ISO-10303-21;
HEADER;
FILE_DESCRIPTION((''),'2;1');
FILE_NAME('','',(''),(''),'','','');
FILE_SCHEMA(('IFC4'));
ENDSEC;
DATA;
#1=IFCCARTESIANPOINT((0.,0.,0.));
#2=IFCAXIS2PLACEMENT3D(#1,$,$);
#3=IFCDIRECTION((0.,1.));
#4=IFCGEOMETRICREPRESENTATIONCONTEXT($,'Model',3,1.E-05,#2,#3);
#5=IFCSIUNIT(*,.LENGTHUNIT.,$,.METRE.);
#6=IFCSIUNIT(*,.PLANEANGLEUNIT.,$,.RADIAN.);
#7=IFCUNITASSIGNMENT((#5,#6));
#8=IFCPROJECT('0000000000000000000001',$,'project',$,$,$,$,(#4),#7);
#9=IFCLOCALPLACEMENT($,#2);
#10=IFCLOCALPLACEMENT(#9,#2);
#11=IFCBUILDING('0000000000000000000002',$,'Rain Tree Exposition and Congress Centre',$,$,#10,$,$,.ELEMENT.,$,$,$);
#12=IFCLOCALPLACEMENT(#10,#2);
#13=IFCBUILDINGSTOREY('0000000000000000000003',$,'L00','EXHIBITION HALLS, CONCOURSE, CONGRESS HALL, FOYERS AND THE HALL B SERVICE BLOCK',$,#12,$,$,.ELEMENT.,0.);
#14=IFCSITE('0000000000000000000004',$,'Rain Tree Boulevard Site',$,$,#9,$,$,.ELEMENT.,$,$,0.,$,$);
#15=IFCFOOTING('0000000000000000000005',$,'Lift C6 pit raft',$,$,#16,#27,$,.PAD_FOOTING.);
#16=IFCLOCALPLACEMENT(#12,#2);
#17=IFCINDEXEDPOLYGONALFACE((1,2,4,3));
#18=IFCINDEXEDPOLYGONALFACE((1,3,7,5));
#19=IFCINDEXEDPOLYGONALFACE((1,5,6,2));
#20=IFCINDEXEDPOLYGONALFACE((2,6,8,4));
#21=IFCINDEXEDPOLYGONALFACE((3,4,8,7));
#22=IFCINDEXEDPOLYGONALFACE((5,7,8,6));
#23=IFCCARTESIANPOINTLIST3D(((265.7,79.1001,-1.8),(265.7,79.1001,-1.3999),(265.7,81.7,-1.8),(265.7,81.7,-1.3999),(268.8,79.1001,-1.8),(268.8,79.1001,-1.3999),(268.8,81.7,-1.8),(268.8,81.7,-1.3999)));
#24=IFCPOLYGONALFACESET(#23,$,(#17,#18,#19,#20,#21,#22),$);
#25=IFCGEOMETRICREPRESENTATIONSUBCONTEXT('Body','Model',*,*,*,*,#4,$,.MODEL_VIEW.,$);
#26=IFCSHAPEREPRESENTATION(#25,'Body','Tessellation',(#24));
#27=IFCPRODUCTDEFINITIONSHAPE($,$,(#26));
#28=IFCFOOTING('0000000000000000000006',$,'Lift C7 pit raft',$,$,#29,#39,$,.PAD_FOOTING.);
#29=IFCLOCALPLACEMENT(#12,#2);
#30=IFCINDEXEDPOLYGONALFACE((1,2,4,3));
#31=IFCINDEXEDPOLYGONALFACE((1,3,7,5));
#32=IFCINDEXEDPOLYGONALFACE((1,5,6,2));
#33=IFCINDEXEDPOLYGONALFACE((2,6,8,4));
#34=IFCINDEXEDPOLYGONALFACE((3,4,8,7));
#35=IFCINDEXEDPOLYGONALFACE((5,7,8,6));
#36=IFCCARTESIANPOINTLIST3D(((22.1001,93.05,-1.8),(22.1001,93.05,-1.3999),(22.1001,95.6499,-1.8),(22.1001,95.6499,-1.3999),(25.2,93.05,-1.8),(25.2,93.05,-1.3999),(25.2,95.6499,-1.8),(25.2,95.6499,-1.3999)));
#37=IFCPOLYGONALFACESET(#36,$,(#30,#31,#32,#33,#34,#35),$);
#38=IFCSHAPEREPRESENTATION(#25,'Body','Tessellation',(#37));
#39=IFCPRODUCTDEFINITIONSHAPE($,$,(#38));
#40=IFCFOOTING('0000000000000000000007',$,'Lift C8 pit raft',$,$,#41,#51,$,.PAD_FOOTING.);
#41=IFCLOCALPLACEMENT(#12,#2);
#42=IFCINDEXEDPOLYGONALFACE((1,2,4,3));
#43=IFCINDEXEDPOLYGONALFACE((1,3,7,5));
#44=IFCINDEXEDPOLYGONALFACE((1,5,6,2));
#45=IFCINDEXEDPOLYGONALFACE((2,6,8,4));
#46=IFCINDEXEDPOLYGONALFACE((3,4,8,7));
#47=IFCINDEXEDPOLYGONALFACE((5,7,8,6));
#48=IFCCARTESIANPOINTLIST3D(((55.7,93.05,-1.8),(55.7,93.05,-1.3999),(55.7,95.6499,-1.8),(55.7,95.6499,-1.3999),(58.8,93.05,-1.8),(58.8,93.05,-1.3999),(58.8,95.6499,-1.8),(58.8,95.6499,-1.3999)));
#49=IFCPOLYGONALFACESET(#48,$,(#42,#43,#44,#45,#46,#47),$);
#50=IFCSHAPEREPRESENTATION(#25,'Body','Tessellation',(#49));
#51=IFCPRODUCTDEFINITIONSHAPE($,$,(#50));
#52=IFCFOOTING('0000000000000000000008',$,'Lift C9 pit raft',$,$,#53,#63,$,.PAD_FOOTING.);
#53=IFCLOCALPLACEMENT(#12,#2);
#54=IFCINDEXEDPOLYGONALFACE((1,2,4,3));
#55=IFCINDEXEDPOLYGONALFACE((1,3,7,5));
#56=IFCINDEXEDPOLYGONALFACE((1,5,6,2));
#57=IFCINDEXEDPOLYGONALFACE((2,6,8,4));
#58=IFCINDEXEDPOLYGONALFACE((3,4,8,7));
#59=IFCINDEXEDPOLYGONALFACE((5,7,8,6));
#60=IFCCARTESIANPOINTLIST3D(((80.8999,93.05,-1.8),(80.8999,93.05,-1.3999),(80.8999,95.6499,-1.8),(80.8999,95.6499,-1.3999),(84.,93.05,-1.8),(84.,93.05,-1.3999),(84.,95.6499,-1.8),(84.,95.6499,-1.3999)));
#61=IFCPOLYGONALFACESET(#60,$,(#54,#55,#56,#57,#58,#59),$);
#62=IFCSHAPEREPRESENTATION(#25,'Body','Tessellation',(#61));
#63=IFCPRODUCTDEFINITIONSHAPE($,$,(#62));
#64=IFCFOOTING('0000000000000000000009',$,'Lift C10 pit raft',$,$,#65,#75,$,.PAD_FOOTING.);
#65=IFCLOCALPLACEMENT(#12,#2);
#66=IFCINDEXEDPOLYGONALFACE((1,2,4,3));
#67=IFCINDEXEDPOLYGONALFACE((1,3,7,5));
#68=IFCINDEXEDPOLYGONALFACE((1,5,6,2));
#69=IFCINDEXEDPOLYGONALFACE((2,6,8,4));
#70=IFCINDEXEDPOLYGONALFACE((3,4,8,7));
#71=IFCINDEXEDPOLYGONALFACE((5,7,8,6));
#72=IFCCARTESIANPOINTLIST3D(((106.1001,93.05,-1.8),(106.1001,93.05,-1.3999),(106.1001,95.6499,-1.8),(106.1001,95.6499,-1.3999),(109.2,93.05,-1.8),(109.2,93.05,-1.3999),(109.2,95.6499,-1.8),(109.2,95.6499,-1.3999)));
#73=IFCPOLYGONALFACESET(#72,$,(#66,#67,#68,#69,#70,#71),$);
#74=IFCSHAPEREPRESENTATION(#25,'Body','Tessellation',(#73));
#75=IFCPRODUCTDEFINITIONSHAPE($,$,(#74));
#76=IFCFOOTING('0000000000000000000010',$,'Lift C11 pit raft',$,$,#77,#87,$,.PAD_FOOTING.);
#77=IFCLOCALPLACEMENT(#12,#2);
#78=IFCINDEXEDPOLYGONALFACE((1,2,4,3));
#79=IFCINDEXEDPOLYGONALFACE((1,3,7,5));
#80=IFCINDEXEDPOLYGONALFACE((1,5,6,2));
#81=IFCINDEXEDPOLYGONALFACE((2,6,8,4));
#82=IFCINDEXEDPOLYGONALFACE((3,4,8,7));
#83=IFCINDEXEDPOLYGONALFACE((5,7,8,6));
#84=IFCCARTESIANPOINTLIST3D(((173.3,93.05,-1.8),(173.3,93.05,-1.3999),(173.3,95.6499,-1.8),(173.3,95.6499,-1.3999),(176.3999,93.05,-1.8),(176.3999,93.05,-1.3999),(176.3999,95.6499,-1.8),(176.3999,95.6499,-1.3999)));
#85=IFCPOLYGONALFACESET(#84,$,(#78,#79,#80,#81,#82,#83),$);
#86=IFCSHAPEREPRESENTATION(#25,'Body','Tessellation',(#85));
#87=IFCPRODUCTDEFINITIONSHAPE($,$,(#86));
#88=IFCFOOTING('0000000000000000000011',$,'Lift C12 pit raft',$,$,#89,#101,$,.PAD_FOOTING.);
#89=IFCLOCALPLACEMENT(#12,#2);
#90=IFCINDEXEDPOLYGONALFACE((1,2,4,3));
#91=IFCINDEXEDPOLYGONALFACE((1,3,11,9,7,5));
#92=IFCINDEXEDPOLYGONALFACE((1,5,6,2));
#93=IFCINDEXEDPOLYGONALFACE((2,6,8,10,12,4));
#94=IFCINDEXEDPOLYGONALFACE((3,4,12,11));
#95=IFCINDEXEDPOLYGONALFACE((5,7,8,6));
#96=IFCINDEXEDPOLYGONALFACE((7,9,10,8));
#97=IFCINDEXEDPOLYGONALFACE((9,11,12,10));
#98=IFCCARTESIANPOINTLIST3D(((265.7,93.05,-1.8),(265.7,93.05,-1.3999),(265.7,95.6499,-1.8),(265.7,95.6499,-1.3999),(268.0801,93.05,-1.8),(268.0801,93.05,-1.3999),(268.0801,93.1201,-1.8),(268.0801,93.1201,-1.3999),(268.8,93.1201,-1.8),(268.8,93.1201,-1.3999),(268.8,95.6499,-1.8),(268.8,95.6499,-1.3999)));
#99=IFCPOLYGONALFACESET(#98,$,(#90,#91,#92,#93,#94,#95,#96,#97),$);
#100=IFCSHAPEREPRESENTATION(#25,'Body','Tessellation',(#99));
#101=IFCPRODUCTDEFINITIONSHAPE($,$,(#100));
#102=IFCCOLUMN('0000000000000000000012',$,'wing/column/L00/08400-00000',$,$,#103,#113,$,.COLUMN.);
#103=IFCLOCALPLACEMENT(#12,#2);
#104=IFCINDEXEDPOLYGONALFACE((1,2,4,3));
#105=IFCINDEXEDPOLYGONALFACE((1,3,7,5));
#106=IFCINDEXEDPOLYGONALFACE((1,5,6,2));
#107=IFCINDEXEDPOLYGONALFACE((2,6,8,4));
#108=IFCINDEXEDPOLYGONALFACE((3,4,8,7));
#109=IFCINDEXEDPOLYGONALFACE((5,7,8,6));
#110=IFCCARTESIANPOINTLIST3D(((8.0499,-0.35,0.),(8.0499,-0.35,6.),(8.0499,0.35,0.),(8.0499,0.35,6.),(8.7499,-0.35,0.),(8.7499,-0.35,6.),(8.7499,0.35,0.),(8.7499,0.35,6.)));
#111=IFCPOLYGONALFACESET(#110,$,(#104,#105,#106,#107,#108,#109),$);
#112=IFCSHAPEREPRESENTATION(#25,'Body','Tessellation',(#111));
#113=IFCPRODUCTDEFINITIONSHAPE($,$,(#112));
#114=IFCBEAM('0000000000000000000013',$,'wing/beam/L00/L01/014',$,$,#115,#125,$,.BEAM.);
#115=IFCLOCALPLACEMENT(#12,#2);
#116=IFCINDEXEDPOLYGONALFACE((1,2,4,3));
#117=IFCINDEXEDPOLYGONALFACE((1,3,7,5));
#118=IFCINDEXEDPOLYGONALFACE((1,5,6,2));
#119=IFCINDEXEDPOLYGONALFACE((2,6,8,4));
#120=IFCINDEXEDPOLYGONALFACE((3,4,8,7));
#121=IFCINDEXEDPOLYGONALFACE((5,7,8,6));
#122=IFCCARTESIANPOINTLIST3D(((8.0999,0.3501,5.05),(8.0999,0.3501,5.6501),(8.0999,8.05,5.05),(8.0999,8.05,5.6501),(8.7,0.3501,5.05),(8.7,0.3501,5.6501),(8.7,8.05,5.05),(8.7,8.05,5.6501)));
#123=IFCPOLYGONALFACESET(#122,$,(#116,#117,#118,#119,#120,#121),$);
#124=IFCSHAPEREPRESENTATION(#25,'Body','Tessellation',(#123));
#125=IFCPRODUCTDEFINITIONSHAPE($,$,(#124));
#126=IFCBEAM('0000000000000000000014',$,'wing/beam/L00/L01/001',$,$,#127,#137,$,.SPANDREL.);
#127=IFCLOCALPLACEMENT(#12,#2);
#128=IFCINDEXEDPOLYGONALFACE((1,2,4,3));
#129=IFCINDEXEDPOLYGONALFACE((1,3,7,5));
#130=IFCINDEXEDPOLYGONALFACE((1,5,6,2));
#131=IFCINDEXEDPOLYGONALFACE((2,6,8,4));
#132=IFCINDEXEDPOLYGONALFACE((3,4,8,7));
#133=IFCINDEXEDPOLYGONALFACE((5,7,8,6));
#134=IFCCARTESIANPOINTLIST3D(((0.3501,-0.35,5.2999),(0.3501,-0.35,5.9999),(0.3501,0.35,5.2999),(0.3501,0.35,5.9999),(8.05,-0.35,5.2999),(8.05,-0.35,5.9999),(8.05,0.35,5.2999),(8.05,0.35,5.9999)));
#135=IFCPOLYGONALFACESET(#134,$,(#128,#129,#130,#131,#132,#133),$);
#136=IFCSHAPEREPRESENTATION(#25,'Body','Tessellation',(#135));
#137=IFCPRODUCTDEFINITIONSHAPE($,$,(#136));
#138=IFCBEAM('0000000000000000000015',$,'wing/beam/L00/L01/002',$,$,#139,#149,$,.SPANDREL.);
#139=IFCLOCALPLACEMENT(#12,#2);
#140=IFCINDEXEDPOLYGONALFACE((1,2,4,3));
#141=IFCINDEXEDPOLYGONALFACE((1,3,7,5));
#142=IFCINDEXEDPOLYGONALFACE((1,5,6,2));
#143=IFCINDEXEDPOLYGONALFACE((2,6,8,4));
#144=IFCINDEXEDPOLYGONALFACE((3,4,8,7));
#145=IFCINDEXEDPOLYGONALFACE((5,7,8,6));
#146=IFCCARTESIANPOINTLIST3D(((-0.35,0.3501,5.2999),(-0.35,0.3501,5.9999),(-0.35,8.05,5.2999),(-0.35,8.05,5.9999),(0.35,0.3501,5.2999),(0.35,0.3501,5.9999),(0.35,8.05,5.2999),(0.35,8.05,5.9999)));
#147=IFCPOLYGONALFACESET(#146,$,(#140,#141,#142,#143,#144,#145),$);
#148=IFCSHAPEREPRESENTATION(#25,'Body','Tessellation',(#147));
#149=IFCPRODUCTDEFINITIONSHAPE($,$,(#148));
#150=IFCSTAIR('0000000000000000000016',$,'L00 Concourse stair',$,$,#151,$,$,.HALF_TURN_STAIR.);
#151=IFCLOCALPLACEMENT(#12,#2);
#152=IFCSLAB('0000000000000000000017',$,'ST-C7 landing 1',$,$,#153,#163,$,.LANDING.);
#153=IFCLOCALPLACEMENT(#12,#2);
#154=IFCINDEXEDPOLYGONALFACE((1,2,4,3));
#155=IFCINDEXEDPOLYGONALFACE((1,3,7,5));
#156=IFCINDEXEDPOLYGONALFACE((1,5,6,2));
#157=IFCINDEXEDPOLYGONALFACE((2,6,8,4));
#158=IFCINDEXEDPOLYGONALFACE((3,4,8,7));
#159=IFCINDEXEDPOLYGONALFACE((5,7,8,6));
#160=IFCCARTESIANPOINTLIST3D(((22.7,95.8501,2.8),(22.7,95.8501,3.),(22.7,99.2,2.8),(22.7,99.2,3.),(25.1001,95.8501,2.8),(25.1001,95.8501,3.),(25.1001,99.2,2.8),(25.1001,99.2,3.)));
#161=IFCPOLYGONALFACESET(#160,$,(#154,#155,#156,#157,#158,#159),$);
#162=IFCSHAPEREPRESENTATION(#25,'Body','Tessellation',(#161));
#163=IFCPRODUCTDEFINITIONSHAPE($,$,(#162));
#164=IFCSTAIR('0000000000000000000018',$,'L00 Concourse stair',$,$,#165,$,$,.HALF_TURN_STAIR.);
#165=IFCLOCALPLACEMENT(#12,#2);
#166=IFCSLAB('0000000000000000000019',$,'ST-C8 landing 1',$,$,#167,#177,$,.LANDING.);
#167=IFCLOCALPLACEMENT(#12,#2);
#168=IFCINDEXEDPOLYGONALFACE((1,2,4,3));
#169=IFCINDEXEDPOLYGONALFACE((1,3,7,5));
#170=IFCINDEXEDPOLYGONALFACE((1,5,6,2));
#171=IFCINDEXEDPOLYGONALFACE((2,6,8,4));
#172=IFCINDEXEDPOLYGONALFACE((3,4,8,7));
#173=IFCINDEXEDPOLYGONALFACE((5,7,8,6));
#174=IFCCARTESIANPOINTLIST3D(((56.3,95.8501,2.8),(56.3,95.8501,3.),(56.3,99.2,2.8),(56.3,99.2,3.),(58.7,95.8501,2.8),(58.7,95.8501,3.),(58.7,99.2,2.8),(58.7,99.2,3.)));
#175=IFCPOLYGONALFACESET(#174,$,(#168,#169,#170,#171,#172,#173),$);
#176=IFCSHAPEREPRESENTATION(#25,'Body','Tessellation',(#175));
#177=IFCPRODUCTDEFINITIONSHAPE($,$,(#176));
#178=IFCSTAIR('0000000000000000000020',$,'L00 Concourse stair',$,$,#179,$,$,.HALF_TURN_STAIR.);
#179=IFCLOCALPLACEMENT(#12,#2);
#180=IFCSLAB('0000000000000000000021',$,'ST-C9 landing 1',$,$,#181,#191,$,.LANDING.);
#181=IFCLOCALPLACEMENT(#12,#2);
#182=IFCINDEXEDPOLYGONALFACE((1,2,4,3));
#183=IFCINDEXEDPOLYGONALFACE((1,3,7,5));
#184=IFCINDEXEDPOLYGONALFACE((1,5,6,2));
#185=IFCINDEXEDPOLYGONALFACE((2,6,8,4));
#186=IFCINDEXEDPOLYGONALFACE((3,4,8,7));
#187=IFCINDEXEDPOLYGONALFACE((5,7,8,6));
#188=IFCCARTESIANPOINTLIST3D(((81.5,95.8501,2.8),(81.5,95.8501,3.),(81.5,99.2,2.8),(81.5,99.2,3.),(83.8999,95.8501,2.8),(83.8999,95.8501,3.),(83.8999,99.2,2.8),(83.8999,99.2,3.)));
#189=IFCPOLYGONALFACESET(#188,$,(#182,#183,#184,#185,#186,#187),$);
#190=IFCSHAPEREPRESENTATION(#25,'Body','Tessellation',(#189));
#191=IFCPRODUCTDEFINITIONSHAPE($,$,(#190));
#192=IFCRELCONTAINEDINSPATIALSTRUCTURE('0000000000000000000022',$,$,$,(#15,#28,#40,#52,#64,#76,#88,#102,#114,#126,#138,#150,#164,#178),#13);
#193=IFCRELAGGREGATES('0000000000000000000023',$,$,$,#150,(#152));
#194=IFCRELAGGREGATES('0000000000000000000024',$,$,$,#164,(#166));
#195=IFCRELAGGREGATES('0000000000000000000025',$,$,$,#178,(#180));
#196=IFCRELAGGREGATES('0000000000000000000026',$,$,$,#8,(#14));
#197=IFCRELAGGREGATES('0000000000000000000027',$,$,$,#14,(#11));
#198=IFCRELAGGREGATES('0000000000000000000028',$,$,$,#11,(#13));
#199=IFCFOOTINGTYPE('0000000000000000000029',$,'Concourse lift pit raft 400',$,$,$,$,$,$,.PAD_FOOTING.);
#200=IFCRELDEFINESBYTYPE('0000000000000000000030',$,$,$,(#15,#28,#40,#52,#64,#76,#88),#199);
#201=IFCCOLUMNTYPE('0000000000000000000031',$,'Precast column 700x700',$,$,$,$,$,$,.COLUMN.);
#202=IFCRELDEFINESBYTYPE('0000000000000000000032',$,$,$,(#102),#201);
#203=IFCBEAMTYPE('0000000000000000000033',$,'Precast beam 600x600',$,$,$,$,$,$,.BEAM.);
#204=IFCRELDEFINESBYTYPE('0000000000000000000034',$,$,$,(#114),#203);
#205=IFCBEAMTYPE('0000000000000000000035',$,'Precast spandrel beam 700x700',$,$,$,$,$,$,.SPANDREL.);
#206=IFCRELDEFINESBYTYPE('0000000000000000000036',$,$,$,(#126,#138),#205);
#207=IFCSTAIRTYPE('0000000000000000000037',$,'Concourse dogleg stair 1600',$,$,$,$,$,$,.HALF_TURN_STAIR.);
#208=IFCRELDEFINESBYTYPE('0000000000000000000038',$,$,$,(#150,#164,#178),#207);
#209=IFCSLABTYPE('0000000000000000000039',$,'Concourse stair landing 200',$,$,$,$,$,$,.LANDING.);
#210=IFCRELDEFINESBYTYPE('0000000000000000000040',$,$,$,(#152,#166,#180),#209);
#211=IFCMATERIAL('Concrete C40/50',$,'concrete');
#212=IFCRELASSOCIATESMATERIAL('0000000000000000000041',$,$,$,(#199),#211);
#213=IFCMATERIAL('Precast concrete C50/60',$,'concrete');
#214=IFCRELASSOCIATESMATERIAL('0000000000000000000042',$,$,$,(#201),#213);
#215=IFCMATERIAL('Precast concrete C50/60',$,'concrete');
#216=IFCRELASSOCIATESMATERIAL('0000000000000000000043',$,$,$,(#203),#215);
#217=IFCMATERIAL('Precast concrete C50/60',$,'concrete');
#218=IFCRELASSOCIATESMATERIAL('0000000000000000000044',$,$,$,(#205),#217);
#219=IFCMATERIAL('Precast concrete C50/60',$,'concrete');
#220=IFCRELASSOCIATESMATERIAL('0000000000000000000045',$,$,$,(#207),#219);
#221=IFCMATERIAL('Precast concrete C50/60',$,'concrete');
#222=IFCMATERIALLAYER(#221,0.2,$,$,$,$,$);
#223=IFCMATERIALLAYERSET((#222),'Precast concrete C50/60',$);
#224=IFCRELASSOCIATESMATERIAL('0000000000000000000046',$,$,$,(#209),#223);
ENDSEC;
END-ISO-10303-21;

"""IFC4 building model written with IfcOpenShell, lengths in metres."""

from ifc_helpers import new_model, si_unit, direction, frame, origin, origin_2d, place, context, subcontext, project, spatial, polyline, rectangle, outline, extrude, material, layer, layer_set, material_profile, profile_set, type_object, element, aggregate, save


model = new_model("IFC4")

# Units and contexts
model_context = context("Model", 3, precision=1e-05, world=origin(), true_north=direction((0.0, 1.0)))
body_context = subcontext(model_context, "Body", "Model", "MODEL_VIEW")
ifc_project = project(units=[si_unit("LENGTHUNIT", "METRE"), si_unit("PLANEANGLEUNIT", "RADIAN")], contexts=[model_context])

# Site, building, storey
site_placement = place(None, origin())
site = spatial("IfcSite", under=ifc_project, at=site_placement, Name="Rain Tree Boulevard Site", CompositionType="ELEMENT", RefElevation=0.0)
building_placement = place(site_placement, origin())
building = spatial("IfcBuilding", under=site, at=building_placement, Name="Rain Tree Exposition and Congress Centre", CompositionType="ELEMENT")
storey_placement = place(building_placement, origin())
storey = spatial("IfcBuildingStorey", under=building, at=storey_placement, Name="L00", Description="EXHIBITION HALLS, CONCOURSE, CONGRESS HALL, FOYERS AND THE HALL B SERVICE BLOCK", CompositionType="ELEMENT", Elevation=0.0)

# Footings
ifc_material_1 = material(Name="Concrete C40/50", Category="concrete")
footing_type = type_object("IfcFootingType", Name="Concourse lift pit raft 400", PredefinedType="PAD_FOOTING", material=ifc_material_1)
footing_1_placement = place(storey_placement, frame((0.0, 0.0, -1.8)))
element("IfcFooting", 1, at=footing_1_placement, inside=storey, type_object=footing_type, Name="Lift C6 pit raft", PredefinedType="PAD_FOOTING", context=body_context, shape_type="SweptSolid", body=[
    extrude(outline(polyline([(265.7, 79.1001), (268.8, 79.1001), (268.8, 81.7), (265.7, 81.7), (265.7, 79.1001)])), origin(), (0.0, 0.0, 1.0), 0.4001),
])
footing_2_placement = place(storey_placement, frame((0.0, 0.0, -1.8)))
element("IfcFooting", 2, at=footing_2_placement, inside=storey, type_object=footing_type, Name="Lift C7 pit raft", PredefinedType="PAD_FOOTING", context=body_context, shape_type="SweptSolid", body=[
    extrude(outline(polyline([(22.1001, 93.05), (25.2, 93.05), (25.2, 95.6499), (22.1001, 95.6499), (22.1001, 93.05)])), origin(), (0.0, 0.0, 1.0), 0.4001),
])
footing_3_placement = place(storey_placement, frame((0.0, 0.0, -1.8)))
element("IfcFooting", 3, at=footing_3_placement, inside=storey, type_object=footing_type, Name="Lift C8 pit raft", PredefinedType="PAD_FOOTING", context=body_context, shape_type="SweptSolid", body=[
    extrude(outline(polyline([(55.7, 93.05), (58.8, 93.05), (58.8, 95.6499), (55.7, 95.6499), (55.7, 93.05)])), origin(), (0.0, 0.0, 1.0), 0.4001),
])
footing_4_placement = place(storey_placement, frame((0.0, 0.0, -1.8)))
element("IfcFooting", 4, at=footing_4_placement, inside=storey, type_object=footing_type, Name="Lift C9 pit raft", PredefinedType="PAD_FOOTING", context=body_context, shape_type="SweptSolid", body=[
    extrude(outline(polyline([(80.8999, 93.05), (84.0, 93.05), (84.0, 95.6499), (80.8999, 95.6499), (80.8999, 93.05)])), origin(), (0.0, 0.0, 1.0), 0.4001),
])
footing_5_placement = place(storey_placement, frame((0.0, 0.0, -1.8)))
element("IfcFooting", 5, at=footing_5_placement, inside=storey, type_object=footing_type, Name="Lift C10 pit raft", PredefinedType="PAD_FOOTING", context=body_context, shape_type="SweptSolid", body=[
    extrude(outline(polyline([(106.1001, 93.05), (109.2, 93.05), (109.2, 95.6499), (106.1001, 95.6499), (106.1001, 93.05)])), origin(), (0.0, 0.0, 1.0), 0.4001),
])
footing_6_placement = place(storey_placement, frame((0.0, 0.0, -1.8)))
element("IfcFooting", 6, at=footing_6_placement, inside=storey, type_object=footing_type, Name="Lift C11 pit raft", PredefinedType="PAD_FOOTING", context=body_context, shape_type="SweptSolid", body=[
    extrude(outline(polyline([(173.3, 93.05), (176.3999, 93.05), (176.3999, 95.6499), (173.3, 95.6499), (173.3, 93.05)])), origin(), (0.0, 0.0, 1.0), 0.4001),
])
footing_7_placement = place(storey_placement, frame((0.0, 0.0, -1.8)))
element("IfcFooting", 7, at=footing_7_placement, inside=storey, type_object=footing_type, Name="Lift C12 pit raft", PredefinedType="PAD_FOOTING", context=body_context, shape_type="SweptSolid", body=[
    extrude(outline(polyline([(265.7, 93.05), (265.7, 95.6499), (268.8, 95.6499), (268.8, 93.1201), (268.0801, 93.1201), (268.0801, 93.05), (265.7, 93.05)])), origin(), (0.0, 0.0, 1.0), 0.4001),
])

# Column
ifc_material_2 = material(Name="Precast concrete C50/60", Category="concrete")
ifc_material_profile_1 = material_profile(ifc_material_2, rectangle(XDim=0.7, YDim=0.7, at=origin_2d()), Name="RC 700x700")
ifc_profile_set_1 = profile_set([ifc_material_profile_1], Name="Precast concrete C50/60")
column_type = type_object("IfcColumnType", Name="Precast column 700x700", PredefinedType="COLUMN", material=ifc_profile_set_1)
column_placement = place(storey_placement, frame((8.3999, 0.0, 0.0), z_axis=(0.0, 0.0, 1.0), x_axis=(1.0, 0.0, 0.0)))
element("IfcColumn", 8, at=column_placement, inside=storey, type_object=column_type, Name="wing/column/L00/08400-00000", PredefinedType="COLUMN", context=body_context, shape_type="SweptSolid", body=[
    extrude(rectangle(XDim=0.7, YDim=0.7, at=origin_2d()), origin(), (0.0, 0.0, 1.0), 6.0),
])

# Beams
ifc_material_3 = material(Name="Precast concrete C50/60", Category="concrete")
ifc_material_profile_2 = material_profile(ifc_material_3, rectangle(XDim=0.6001, YDim=0.6001, at=origin_2d()), Name="RC 600x600")
ifc_profile_set_2 = profile_set([ifc_material_profile_2], Name="Precast concrete C50/60")
beam_type_1 = type_object("IfcBeamType", Name="Precast beam 600x600", PredefinedType="BEAM", material=ifc_profile_set_2)
beam_placement = place(storey_placement, frame((8.3999, 0.3501, 5.3501), z_axis=(0.0, 1.0, 0.0), x_axis=(-1.0, 0.0, 0.0)))
element("IfcBeam", 9, at=beam_placement, inside=storey, type_object=beam_type_1, Name="wing/beam/L00/L01/014", PredefinedType="BEAM", context=body_context, shape_type="SweptSolid", body=[
    extrude(rectangle(XDim=0.6001, YDim=0.6001, at=origin_2d()), origin(), (0.0, 0.0, 1.0), 7.7),
])
ifc_material_4 = material(Name="Precast concrete C50/60", Category="concrete")
ifc_material_profile_3 = material_profile(ifc_material_4, rectangle(XDim=0.7, YDim=0.7, at=origin_2d()), Name="RC 700x700")
ifc_profile_set_3 = profile_set([ifc_material_profile_3], Name="Precast concrete C50/60")
beam_type_2 = type_object("IfcBeamType", Name="Precast spandrel beam 700x700", PredefinedType="SPANDREL", material=ifc_profile_set_3)
for number, where, z_axis, x_axis, name in (
    (10, (0.3501, 0.0, 5.6499), (1.0, 0.0, 0.0), (0.0, 1.0, 0.0), "wing/beam/L00/L01/001"),
    (11, (0.0, 0.3501, 5.6499), (0.0, 1.0, 0.0), (-1.0, 0.0, 0.0), "wing/beam/L00/L01/002"),
):
    element("IfcBeam", number, at=place(storey_placement, frame(where, z_axis=z_axis, x_axis=x_axis)), inside=storey, type_object=beam_type_2, Name=name, PredefinedType="SPANDREL", context=body_context, shape_type="SweptSolid", body=[
        extrude(rectangle(XDim=0.7, YDim=0.7, at=origin_2d()), origin(), (0.0, 0.0, 1.0), 7.7),
    ])

# Stairs, slabs
ifc_material_5 = material(Name="Precast concrete C50/60", Category="concrete")
stair_type = type_object("IfcStairType", Name="Concourse dogleg stair 1600", PredefinedType="HALF_TURN_STAIR", material=ifc_material_5)
stair_1_placement = place(storey_placement, origin())
stair_1 = element("IfcStair", 12, at=stair_1_placement, inside=storey, type_object=stair_type, Name="L00 Concourse stair", PredefinedType="HALF_TURN_STAIR")
ifc_material_6 = material(Name="Precast concrete C50/60", Category="concrete")
ifc_layer_1 = layer(ifc_material_6, 0.2)
ifc_layer_set_1 = layer_set([ifc_layer_1], Name="Precast concrete C50/60")
slab_type = type_object("IfcSlabType", Name="Concourse stair landing 200", PredefinedType="LANDING", material=ifc_layer_set_1)
slab_1_placement = place(storey_placement, frame((0.0, 0.0, 2.8)))
slab_1 = element("IfcSlab", 13, at=slab_1_placement, type_object=slab_type, Name="ST-C7 landing 1", PredefinedType="LANDING", context=body_context, shape_type="SweptSolid", body=[
    extrude(outline(polyline([(22.7, 95.8501), (25.1001, 95.8501), (25.1001, 99.2), (22.7, 99.2), (22.7, 95.8501)])), origin(), (0.0, 0.0, 1.0), 0.2),
])
aggregate(stair_1, [slab_1])
stair_2_placement = place(storey_placement, origin())
stair_2 = element("IfcStair", 14, at=stair_2_placement, inside=storey, type_object=stair_type, Name="L00 Concourse stair", PredefinedType="HALF_TURN_STAIR")
slab_2_placement = place(storey_placement, frame((0.0, 0.0, 2.8)))
slab_2 = element("IfcSlab", 15, at=slab_2_placement, type_object=slab_type, Name="ST-C8 landing 1", PredefinedType="LANDING", context=body_context, shape_type="SweptSolid", body=[
    extrude(outline(polyline([(56.3, 95.8501), (58.7, 95.8501), (58.7, 99.2), (56.3, 99.2), (56.3, 95.8501)])), origin(), (0.0, 0.0, 1.0), 0.2),
])
aggregate(stair_2, [slab_2])
stair_3_placement = place(storey_placement, origin())
stair_3 = element("IfcStair", 16, at=stair_3_placement, inside=storey, type_object=stair_type, Name="L00 Concourse stair", PredefinedType="HALF_TURN_STAIR")
slab_3_placement = place(storey_placement, frame((0.0, 0.0, 2.8)))
slab_3 = element("IfcSlab", 17, at=slab_3_placement, type_object=slab_type, Name="ST-C9 landing 1", PredefinedType="LANDING", context=body_context, shape_type="SweptSolid", body=[
    extrude(outline(polyline([(81.5, 95.8501), (83.8999, 95.8501), (83.8999, 99.2), (81.5, 99.2), (81.5, 95.8501)])), origin(), (0.0, 0.0, 1.0), 0.2),
])
aggregate(stair_3, [slab_3])

save(model, "model.ifc")
